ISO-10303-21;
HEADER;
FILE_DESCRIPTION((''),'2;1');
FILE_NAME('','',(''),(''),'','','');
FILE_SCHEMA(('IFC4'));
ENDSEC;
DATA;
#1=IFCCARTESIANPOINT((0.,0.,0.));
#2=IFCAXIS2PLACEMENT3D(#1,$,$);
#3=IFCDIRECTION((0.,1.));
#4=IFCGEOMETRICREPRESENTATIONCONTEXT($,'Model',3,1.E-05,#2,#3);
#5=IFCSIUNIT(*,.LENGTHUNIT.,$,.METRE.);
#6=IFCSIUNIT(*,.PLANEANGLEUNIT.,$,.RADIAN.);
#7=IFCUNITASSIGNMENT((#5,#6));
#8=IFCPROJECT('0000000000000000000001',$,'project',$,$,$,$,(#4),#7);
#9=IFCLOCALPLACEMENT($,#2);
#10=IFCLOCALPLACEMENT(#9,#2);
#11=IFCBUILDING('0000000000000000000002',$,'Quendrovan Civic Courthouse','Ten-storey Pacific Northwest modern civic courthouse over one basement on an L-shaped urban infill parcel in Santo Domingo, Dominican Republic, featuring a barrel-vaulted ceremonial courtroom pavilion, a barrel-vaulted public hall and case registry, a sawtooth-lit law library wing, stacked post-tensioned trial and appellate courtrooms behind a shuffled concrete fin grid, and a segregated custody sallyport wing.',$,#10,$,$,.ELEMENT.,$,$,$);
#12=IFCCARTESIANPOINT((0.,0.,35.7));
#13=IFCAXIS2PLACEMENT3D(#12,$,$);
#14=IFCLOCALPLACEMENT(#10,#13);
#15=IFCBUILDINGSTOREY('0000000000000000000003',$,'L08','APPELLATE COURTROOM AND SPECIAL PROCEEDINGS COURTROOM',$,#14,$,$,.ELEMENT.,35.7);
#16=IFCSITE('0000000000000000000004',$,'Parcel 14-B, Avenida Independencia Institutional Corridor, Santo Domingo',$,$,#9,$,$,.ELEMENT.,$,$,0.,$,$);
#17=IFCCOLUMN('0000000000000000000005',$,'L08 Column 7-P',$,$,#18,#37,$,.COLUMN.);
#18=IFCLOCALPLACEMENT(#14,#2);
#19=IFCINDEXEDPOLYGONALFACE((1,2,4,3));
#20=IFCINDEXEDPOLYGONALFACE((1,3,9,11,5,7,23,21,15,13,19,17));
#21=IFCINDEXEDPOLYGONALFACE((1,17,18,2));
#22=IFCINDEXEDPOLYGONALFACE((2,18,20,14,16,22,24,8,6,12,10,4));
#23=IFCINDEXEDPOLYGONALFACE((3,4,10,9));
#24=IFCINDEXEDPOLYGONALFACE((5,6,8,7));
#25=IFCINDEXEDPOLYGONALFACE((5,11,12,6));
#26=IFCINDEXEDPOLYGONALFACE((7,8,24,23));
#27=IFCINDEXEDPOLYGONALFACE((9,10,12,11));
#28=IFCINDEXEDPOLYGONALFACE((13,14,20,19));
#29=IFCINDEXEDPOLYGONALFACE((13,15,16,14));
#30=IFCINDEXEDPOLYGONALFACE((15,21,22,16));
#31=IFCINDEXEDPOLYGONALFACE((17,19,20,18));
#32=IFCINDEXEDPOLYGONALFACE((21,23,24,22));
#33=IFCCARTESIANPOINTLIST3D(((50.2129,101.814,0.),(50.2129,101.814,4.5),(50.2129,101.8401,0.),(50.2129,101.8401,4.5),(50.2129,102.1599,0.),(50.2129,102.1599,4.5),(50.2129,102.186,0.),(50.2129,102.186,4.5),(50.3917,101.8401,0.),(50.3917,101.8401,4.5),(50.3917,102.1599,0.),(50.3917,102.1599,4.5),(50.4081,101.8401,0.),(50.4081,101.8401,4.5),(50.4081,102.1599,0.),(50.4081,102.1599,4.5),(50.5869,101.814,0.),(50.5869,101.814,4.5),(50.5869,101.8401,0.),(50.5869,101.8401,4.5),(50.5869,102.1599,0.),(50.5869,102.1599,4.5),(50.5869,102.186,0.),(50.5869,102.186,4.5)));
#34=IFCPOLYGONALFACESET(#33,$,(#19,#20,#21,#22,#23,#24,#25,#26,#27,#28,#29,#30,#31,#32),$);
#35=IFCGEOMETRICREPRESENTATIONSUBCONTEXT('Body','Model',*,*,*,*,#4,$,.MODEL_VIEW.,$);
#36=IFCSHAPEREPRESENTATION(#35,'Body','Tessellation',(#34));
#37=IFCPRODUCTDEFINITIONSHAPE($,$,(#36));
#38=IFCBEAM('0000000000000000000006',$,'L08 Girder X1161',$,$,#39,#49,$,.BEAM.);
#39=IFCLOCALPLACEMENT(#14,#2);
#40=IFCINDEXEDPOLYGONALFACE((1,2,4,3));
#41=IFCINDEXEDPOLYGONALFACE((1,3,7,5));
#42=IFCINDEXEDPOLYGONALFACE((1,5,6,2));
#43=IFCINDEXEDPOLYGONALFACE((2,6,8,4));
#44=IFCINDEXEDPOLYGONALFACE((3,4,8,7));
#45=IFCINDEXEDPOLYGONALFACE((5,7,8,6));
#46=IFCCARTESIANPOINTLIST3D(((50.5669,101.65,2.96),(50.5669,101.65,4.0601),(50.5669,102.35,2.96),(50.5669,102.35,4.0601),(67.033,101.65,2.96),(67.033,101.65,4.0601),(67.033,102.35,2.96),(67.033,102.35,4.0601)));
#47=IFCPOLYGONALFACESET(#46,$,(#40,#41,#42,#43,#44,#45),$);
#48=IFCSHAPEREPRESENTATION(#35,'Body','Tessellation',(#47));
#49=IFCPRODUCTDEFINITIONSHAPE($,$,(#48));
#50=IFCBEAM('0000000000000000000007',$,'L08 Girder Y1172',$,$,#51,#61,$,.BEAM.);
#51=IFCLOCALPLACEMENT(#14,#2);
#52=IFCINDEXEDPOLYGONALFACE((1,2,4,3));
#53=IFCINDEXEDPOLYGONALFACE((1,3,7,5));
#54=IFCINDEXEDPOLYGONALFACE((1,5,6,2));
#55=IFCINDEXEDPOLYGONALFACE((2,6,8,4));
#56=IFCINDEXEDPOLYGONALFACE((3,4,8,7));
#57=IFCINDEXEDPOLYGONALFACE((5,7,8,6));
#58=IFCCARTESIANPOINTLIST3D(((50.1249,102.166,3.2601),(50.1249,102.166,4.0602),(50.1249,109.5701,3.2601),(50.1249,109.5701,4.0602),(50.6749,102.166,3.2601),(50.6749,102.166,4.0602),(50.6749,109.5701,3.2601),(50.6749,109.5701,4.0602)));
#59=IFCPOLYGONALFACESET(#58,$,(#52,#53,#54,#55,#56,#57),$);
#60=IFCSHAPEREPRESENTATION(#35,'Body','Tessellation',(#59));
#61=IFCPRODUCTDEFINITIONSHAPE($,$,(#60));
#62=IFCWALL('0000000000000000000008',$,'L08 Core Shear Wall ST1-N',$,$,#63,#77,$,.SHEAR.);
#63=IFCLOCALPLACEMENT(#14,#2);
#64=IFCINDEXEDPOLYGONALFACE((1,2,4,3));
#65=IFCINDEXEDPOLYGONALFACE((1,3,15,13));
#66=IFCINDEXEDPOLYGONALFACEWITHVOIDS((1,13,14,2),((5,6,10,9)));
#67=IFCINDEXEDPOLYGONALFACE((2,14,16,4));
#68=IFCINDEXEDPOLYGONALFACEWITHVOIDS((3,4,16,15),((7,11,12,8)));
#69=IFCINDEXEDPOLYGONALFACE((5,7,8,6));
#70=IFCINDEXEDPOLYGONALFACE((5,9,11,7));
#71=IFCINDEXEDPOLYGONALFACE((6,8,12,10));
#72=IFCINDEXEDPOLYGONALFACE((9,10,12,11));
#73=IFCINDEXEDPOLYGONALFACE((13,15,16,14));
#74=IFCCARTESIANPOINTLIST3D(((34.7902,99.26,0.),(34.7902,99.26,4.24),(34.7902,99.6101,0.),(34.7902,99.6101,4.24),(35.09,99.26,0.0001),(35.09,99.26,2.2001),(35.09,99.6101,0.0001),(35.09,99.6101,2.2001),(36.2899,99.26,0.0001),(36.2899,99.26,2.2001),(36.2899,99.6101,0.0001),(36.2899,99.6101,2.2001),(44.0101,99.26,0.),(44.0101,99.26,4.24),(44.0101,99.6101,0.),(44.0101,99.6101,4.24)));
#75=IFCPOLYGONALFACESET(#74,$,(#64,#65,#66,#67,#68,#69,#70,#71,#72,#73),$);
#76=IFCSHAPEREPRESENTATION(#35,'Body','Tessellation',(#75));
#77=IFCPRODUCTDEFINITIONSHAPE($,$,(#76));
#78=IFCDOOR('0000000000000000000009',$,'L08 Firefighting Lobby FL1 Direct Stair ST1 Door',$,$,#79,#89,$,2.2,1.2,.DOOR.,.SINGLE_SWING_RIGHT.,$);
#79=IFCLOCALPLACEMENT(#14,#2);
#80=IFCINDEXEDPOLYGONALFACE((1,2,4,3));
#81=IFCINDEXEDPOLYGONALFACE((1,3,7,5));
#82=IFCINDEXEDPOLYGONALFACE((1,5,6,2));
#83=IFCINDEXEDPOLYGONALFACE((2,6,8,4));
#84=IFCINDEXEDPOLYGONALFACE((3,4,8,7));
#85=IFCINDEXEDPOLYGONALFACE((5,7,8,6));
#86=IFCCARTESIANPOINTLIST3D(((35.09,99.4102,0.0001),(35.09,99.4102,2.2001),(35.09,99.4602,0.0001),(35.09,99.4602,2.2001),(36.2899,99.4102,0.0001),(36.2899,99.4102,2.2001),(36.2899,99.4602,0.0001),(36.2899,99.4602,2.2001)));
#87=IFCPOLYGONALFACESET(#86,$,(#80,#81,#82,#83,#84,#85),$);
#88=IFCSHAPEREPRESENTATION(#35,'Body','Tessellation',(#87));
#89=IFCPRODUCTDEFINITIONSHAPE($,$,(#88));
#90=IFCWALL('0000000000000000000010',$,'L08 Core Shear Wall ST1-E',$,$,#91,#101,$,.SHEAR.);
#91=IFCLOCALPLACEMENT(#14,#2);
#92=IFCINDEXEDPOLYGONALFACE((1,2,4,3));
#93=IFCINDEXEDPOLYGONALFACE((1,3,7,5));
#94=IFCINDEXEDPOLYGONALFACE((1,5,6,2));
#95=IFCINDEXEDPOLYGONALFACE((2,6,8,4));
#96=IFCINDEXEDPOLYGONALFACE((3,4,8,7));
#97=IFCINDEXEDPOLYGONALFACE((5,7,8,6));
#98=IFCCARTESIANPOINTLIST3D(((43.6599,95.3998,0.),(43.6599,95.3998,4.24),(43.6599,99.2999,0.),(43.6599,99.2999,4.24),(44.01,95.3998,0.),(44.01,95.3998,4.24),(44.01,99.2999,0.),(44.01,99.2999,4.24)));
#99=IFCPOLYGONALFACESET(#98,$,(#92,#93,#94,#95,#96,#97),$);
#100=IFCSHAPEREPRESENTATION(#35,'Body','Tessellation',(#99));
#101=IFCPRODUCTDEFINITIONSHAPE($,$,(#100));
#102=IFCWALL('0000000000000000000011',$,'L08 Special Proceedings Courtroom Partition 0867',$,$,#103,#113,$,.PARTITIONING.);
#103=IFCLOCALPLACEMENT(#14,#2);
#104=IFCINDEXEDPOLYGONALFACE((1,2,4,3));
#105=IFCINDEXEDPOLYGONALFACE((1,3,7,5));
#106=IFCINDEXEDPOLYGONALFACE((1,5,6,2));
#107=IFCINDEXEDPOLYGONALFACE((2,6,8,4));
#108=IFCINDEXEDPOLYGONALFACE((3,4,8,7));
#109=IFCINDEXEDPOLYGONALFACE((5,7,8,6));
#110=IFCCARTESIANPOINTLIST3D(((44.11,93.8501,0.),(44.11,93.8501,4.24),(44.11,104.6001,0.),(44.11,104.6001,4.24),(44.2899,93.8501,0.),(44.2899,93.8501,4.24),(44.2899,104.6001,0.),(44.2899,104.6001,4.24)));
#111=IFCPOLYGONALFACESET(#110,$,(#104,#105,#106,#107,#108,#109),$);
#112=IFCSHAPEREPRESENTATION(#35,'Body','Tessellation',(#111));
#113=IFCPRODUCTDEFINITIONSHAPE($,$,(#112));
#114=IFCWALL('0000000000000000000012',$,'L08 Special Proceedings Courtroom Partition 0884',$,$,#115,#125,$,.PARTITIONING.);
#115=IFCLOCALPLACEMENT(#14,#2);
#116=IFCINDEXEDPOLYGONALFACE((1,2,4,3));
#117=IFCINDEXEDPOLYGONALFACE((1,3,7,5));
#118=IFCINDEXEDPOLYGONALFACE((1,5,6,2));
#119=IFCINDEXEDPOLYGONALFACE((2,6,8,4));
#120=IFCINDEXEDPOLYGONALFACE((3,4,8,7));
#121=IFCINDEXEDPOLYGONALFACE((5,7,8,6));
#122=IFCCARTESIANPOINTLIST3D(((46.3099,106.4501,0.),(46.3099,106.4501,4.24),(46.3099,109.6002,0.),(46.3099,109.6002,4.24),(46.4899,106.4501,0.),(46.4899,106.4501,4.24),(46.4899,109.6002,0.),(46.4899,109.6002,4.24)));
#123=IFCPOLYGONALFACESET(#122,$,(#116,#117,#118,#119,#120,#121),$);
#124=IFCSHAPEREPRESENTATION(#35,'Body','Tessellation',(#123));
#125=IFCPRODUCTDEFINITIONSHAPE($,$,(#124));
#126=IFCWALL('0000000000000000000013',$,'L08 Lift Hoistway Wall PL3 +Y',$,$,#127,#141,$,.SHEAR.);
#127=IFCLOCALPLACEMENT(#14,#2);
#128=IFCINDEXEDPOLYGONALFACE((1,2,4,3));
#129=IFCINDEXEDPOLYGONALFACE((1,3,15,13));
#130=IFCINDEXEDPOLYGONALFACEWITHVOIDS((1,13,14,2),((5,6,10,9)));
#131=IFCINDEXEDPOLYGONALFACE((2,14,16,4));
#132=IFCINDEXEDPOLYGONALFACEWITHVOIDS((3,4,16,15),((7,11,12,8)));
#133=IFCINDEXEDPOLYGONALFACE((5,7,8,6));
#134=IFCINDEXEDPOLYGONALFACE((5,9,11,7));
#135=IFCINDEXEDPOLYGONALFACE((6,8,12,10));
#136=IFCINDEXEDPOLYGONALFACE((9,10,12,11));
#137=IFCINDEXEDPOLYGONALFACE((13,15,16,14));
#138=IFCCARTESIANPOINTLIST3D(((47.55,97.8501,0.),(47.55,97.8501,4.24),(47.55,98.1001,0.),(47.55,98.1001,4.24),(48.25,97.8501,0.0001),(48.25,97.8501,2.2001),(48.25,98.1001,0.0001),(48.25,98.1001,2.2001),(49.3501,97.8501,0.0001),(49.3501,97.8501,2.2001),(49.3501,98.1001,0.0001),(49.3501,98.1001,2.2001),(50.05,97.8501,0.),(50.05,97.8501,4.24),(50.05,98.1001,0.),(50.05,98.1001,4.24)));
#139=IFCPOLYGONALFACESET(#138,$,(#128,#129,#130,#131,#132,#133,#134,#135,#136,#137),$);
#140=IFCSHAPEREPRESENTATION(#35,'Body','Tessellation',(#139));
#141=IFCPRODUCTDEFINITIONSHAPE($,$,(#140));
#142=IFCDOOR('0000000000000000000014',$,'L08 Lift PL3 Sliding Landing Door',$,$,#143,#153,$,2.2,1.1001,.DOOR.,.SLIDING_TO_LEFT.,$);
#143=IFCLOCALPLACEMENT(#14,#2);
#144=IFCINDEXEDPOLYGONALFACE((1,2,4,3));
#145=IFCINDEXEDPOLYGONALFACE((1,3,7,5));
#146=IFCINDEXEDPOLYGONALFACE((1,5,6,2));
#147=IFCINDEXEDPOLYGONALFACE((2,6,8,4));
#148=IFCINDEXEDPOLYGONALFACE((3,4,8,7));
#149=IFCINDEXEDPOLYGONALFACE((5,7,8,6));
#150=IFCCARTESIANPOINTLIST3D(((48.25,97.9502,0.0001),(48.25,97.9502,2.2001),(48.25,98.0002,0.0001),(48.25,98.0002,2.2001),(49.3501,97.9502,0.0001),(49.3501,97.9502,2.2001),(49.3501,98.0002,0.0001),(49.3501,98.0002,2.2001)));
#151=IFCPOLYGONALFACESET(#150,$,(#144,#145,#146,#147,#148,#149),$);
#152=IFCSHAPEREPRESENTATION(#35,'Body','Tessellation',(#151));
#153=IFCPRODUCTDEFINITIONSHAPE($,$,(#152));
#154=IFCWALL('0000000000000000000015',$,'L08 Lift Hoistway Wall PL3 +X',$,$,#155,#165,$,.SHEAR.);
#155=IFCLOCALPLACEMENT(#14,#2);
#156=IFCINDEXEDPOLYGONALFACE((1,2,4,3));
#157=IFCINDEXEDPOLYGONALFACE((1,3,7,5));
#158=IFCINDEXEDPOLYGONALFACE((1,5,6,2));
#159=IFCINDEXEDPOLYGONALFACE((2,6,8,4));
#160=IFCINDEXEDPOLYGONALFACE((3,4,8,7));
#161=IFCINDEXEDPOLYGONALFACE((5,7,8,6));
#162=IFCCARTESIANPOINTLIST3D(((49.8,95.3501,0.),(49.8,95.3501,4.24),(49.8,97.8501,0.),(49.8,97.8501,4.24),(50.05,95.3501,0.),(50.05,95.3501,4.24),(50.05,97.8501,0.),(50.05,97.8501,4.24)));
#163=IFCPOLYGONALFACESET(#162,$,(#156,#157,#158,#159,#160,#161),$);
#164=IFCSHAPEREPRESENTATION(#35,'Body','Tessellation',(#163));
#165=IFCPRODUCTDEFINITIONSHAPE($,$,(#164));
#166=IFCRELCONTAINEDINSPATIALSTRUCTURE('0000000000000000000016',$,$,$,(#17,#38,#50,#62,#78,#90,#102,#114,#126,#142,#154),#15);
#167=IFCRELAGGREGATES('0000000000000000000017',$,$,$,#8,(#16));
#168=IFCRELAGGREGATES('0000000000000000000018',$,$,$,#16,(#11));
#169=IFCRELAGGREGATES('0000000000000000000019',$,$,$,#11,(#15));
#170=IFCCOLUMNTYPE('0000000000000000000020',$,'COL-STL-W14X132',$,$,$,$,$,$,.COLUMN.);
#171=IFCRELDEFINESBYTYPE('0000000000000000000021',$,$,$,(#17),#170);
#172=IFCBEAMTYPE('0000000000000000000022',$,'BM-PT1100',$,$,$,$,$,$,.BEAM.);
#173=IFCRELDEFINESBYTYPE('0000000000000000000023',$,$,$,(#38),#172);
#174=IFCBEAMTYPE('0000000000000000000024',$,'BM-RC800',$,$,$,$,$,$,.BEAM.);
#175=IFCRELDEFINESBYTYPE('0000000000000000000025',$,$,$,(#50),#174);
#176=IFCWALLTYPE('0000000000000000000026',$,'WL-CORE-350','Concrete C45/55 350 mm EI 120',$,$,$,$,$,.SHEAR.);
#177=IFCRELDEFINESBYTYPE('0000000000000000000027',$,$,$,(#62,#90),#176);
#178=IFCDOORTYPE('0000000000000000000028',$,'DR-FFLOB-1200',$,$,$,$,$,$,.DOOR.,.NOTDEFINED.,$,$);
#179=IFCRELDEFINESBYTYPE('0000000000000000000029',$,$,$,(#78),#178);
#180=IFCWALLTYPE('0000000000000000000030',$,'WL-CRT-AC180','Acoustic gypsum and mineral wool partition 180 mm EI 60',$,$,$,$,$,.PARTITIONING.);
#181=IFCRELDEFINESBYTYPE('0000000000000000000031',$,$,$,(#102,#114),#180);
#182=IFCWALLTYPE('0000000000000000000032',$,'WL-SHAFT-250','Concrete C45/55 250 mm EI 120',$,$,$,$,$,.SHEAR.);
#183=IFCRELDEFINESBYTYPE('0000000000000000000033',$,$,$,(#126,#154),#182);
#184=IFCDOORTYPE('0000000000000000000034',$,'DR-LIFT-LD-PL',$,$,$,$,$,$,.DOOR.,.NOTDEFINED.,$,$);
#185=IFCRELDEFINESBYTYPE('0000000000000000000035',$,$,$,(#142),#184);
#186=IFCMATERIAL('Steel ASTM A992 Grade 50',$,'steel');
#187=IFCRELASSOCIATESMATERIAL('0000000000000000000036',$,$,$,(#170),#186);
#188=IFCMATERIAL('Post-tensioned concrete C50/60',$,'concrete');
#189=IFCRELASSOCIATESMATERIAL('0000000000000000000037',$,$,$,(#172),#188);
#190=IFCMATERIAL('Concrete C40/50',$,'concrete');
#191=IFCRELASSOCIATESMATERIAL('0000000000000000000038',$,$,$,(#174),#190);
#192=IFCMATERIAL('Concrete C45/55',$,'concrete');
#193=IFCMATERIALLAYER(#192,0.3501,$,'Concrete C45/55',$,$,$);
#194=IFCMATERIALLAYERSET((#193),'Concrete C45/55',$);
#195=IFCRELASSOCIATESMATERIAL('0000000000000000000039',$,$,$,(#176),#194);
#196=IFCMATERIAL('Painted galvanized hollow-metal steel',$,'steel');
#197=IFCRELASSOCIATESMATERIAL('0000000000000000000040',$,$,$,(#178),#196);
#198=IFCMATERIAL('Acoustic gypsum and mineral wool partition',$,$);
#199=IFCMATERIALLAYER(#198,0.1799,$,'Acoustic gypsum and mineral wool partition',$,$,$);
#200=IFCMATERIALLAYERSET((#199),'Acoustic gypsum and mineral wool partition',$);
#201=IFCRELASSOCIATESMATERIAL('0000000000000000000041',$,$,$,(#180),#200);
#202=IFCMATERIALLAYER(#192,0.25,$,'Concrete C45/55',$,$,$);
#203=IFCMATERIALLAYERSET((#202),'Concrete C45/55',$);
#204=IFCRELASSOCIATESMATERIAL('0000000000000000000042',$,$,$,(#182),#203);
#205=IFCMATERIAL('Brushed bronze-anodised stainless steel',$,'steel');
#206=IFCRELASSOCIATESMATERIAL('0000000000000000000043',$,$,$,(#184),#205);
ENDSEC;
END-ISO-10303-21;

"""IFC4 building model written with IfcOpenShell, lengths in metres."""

from ifc_helpers import new_model, si_unit, direction, frame, frame_2d, origin, origin_2d, place, context, subcontext, project, spatial, rectangle, i_section, extrude, material, layer, layer_set, material_profile, profile_set, type_object, element, fill, save


model = new_model("IFC4")

# Units and contexts
model_context = context("Model", 3, precision=1e-05, world=origin(), true_north=direction((0.0, 1.0)))
body_context = subcontext(model_context, "Body", "Model", "MODEL_VIEW")
ifc_project = project(units=[si_unit("LENGTHUNIT", "METRE"), si_unit("PLANEANGLEUNIT", "RADIAN")], contexts=[model_context])

# Site, building, storey
site_placement = place(None, origin())
site = spatial("IfcSite", under=ifc_project, at=site_placement, Name="Parcel 14-B, Avenida Independencia Institutional Corridor, Santo Domingo", CompositionType="ELEMENT", RefElevation=0.0)
building_placement = place(site_placement, origin())
building = spatial("IfcBuilding", under=site, at=building_placement, Name="Quendrovan Civic Courthouse", Description="Ten-storey Pacific Northwest modern civic courthouse over one basement on an L-shaped urban infill parcel in Santo Domingo, Dominican Republic, featuring a barrel-vaulted ceremonial courtroom pavilion, a barrel-vaulted public hall and case registry, a sawtooth-lit law library wing, stacked post-tensioned trial and appellate courtrooms behind a shuffled concrete fin grid, and a segregated custody sallyport wing.", CompositionType="ELEMENT")
storey_placement = place(building_placement, frame((0.0, 0.0, 35.7)))
storey = spatial("IfcBuildingStorey", under=building, at=storey_placement, Name="L08", Description="APPELLATE COURTROOM AND SPECIAL PROCEEDINGS COURTROOM", CompositionType="ELEMENT", Elevation=35.7)

# Column
ifc_material_1 = material(Name="Steel ASTM A992 Grade 50", Category="steel")
ifc_material_profile_1 = material_profile(ifc_material_1, i_section(OverallWidth=0.374, OverallDepth=0.3721, WebThickness=0.0164, FlangeThickness=0.0261, at=origin_2d()), Name="W14X132")
ifc_profile_set_1 = profile_set([ifc_material_profile_1], Name="Steel ASTM A992 Grade 50")
column_type = type_object("IfcColumnType", Name="COL-STL-W14X132", PredefinedType="COLUMN", material=ifc_profile_set_1)
column_placement = place(storey_placement, frame((50.3999, 102.0, 0.0), z_axis=(0.0, 0.0, 1.0), x_axis=(1.0, 0.0, 0.0)))
element("IfcColumn", 1, at=column_placement, inside=storey, type_object=column_type, Name="L08 Column 7-P", PredefinedType="COLUMN", context=body_context, shape_type="SweptSolid", body=[
    extrude(i_section(OverallWidth=0.374, OverallDepth=0.3721, WebThickness=0.0164, FlangeThickness=0.0261, at=origin_2d()), origin(), (0.0, 0.0, 1.0), 4.5),
])

# Beams
ifc_material_2 = material(Name="Post-tensioned concrete C50/60", Category="concrete")
ifc_material_profile_2 = material_profile(ifc_material_2, rectangle(XDim=0.7, YDim=1.1001, at=origin_2d()), Name="PT-GIRD-700x1100")
ifc_profile_set_2 = profile_set([ifc_material_profile_2], Name="Post-tensioned concrete C50/60")
beam_type_1 = type_object("IfcBeamType", Name="BM-PT1100", PredefinedType="BEAM", material=ifc_profile_set_2)
beam_1_placement = place(storey_placement, frame((50.5669, 102.0, 3.51), z_axis=(1.0, 0.0, 0.0), x_axis=(0.0, 1.0, 0.0)))
element("IfcBeam", 2, at=beam_1_placement, inside=storey, type_object=beam_type_1, Name="L08 Girder X1161", PredefinedType="BEAM", context=body_context, shape_type="SweptSolid", body=[
    extrude(rectangle(XDim=0.7, YDim=1.1001, at=origin_2d()), origin(), (0.0, 0.0, 1.0), 16.4661),
])
ifc_material_3 = material(Name="Concrete C40/50", Category="concrete")
ifc_material_profile_3 = material_profile(ifc_material_3, rectangle(XDim=0.55, YDim=0.8, at=origin_2d()), Name="RC-BM-550x800")
ifc_profile_set_3 = profile_set([ifc_material_profile_3], Name="Concrete C40/50")
beam_type_2 = type_object("IfcBeamType", Name="BM-RC800", PredefinedType="BEAM", material=ifc_profile_set_3)
beam_2_placement = place(storey_placement, frame((50.3999, 102.166, 3.6602), z_axis=(0.0, 1.0, 0.0), x_axis=(-1.0, 0.0, 0.0)))
element("IfcBeam", 3, at=beam_2_placement, inside=storey, type_object=beam_type_2, Name="L08 Girder Y1172", PredefinedType="BEAM", context=body_context, shape_type="SweptSolid", body=[
    extrude(rectangle(XDim=0.55, YDim=0.8, at=origin_2d()), origin(), (0.0, 0.0, 1.0), 7.4041),
])

# Wall, opening, door
ifc_material_4 = material(Name="Concrete C45/55", Category="concrete")
ifc_layer_1 = layer(ifc_material_4, 0.3501, Name="Concrete C45/55")
ifc_layer_set_1 = layer_set([ifc_layer_1], Name="Concrete C45/55")
wall_type_1 = type_object("IfcWallType", Name="WL-CORE-350", Description="Concrete C45/55 350 mm EI 120", PredefinedType="SHEAR", material=ifc_layer_set_1)
wall_1_placement = place(storey_placement, frame((44.01, 99.4351, 0.0), z_axis=(0.0, 0.0, 1.0), x_axis=(-1.0, 0.0, 0.0)))
wall_1 = element("IfcWall", 4, at=wall_1_placement, inside=storey, type_object=wall_type_1, Name="L08 Core Shear Wall ST1-N", PredefinedType="SHEAR", context=body_context, shape_type="SweptSolid", body=[
    extrude(rectangle(XDim=9.22, YDim=0.3501, at=frame_2d((4.6099, 0.0))), origin(), (0.0, 0.0, 1.0), 4.24),
])
opening_1_placement = place(wall_1_placement, frame((7.72, 0.0, 0.0)))
opening_1 = element("IfcOpeningElement", 5, at=opening_1_placement, cuts=wall_1, PredefinedType="OPENING", context=body_context, shape_type="SweptSolid", body=[
    extrude(rectangle(XDim=1.2, YDim=2.2, at=frame_2d((0.6001, 1.1001))), frame((0.0, 0.1851, 0.0), z_axis=(0.0, -1.0, 0.0), x_axis=(1.0, 0.0, 0.0)), (0.0, 0.0, 1.0), 0.3701),
])
ifc_material_5 = material(Name="Painted galvanized hollow-metal steel", Category="steel")
door_type_1 = type_object("IfcDoorType", Name="DR-FFLOB-1200", OperationType="NOTDEFINED", PredefinedType="DOOR", material=ifc_material_5)
door_1_placement = place(opening_1_placement, origin())
door_1 = element("IfcDoor", 6, at=door_1_placement, inside=storey, type_object=door_type_1, Name="L08 Firefighting Lobby FL1 Direct Stair ST1 Door", OperationType="SINGLE_SWING_RIGHT", OverallHeight=2.2, OverallWidth=1.2, PredefinedType="DOOR", context=body_context, shape_type="SweptSolid", body=[
    extrude(rectangle(XDim=1.2, YDim=2.2, at=frame_2d((0.6001, 1.1001))), frame((0.0, 0.0249, 0.0), z_axis=(0.0, -1.0, 0.0), x_axis=(1.0, 0.0, 0.0)), (0.0, 0.0, 1.0), 0.05),
])
fill(opening_1, door_1)

# Walls
wall_2_placement = place(storey_placement, frame((43.835, 99.3, 0.0), z_axis=(0.0, 0.0, 1.0), x_axis=(0.0, -1.0, 0.0)))
element("IfcWall", 7, at=wall_2_placement, inside=storey, type_object=wall_type_1, Name="L08 Core Shear Wall ST1-E", PredefinedType="SHEAR", context=body_context, shape_type="SweptSolid", body=[
    extrude(rectangle(XDim=3.9001, YDim=0.3501, at=frame_2d((1.9502, 0.0))), origin(), (0.0, 0.0, 1.0), 4.24),
])
ifc_material_6 = material(Name="Acoustic gypsum and mineral wool partition")
ifc_layer_2 = layer(ifc_material_6, 0.1799, Name="Acoustic gypsum and mineral wool partition")
ifc_layer_set_2 = layer_set([ifc_layer_2], Name="Acoustic gypsum and mineral wool partition")
wall_type_2 = type_object("IfcWallType", Name="WL-CRT-AC180", Description="Acoustic gypsum and mineral wool partition 180 mm EI 60", PredefinedType="PARTITIONING", material=ifc_layer_set_2)
wall_3_placement = place(storey_placement, frame((44.2, 104.6001, 0.0), z_axis=(0.0, 0.0, 1.0), x_axis=(0.0, -1.0, 0.0)))
element("IfcWall", 8, at=wall_3_placement, inside=storey, type_object=wall_type_2, Name="L08 Special Proceedings Courtroom Partition 0867", PredefinedType="PARTITIONING", context=body_context, shape_type="SweptSolid", body=[
    extrude(rectangle(XDim=10.75, YDim=0.1799, at=frame_2d((5.375, 0.0))), origin(), (0.0, 0.0, 1.0), 4.24),
])
wall_4_placement = place(storey_placement, frame((46.3999, 106.45, 0.0), z_axis=(0.0, 0.0, 1.0), x_axis=(0.0, 1.0, 0.0)))
element("IfcWall", 9, at=wall_4_placement, inside=storey, type_object=wall_type_2, Name="L08 Special Proceedings Courtroom Partition 0884", PredefinedType="PARTITIONING", context=body_context, shape_type="SweptSolid", body=[
    extrude(rectangle(XDim=3.1501, YDim=0.1799, at=frame_2d((1.5752, 0.0))), origin(), (0.0, 0.0, 1.0), 4.24),
])

# Wall, opening, door
ifc_layer_3 = layer(ifc_material_4, 0.25, Name="Concrete C45/55")
ifc_layer_set_3 = layer_set([ifc_layer_3], Name="Concrete C45/55")
wall_type_3 = type_object("IfcWallType", Name="WL-SHAFT-250", Description="Concrete C45/55 250 mm EI 120", PredefinedType="SHEAR", material=ifc_layer_set_3)
wall_5_placement = place(storey_placement, frame((50.05, 97.9751, 0.0), z_axis=(0.0, 0.0, 1.0), x_axis=(-1.0, 0.0, 0.0)))
wall_5 = element("IfcWall", 10, at=wall_5_placement, inside=storey, type_object=wall_type_3, Name="L08 Lift Hoistway Wall PL3 +Y", PredefinedType="SHEAR", context=body_context, shape_type="SweptSolid", body=[
    extrude(rectangle(XDim=2.5, YDim=0.25, at=frame_2d((1.25, 0.0))), origin(), (0.0, 0.0, 1.0), 4.24),
])
opening_2_placement = place(wall_5_placement, frame((0.7, 0.0, 0.0)))
opening_2 = element("IfcOpeningElement", 11, at=opening_2_placement, cuts=wall_5, PredefinedType="OPENING", context=body_context, shape_type="SweptSolid", body=[
    extrude(rectangle(XDim=1.1001, YDim=2.2, at=frame_2d((0.55, 1.1001))), frame((0.0, 0.135, 0.0), z_axis=(0.0, -1.0, 0.0), x_axis=(1.0, 0.0, 0.0)), (0.0, 0.0, 1.0), 0.27),
])
ifc_material_7 = material(Name="Brushed bronze-anodised stainless steel", Category="steel")
door_type_2 = type_object("IfcDoorType", Name="DR-LIFT-LD-PL", OperationType="NOTDEFINED", PredefinedType="DOOR", material=ifc_material_7)
door_2_placement = place(opening_2_placement, origin())
door_2 = element("IfcDoor", 12, at=door_2_placement, inside=storey, type_object=door_type_2, Name="L08 Lift PL3 Sliding Landing Door", OperationType="SLIDING_TO_LEFT", OverallHeight=2.2, OverallWidth=1.1001, PredefinedType="DOOR", context=body_context, shape_type="SweptSolid", body=[
    extrude(rectangle(XDim=1.1001, YDim=2.2, at=frame_2d((0.55, 1.1001))), frame((0.0, 0.0249, 0.0), z_axis=(0.0, -1.0, 0.0), x_axis=(1.0, 0.0, 0.0)), (0.0, 0.0, 1.0), 0.05),
])
fill(opening_2, door_2)

# Wall
wall_6_placement = place(storey_placement, frame((49.925, 97.8501, 0.0), z_axis=(0.0, 0.0, 1.0), x_axis=(0.0, -1.0, 0.0)))
element("IfcWall", 13, at=wall_6_placement, inside=storey, type_object=wall_type_3, Name="L08 Lift Hoistway Wall PL3 +X", PredefinedType="SHEAR", context=body_context, shape_type="SweptSolid", body=[
    extrude(rectangle(XDim=2.5, YDim=0.25, at=frame_2d((1.25, 0.0))), origin(), (0.0, 0.0, 1.0), 4.24),
])

save(model, "model.ifc")
